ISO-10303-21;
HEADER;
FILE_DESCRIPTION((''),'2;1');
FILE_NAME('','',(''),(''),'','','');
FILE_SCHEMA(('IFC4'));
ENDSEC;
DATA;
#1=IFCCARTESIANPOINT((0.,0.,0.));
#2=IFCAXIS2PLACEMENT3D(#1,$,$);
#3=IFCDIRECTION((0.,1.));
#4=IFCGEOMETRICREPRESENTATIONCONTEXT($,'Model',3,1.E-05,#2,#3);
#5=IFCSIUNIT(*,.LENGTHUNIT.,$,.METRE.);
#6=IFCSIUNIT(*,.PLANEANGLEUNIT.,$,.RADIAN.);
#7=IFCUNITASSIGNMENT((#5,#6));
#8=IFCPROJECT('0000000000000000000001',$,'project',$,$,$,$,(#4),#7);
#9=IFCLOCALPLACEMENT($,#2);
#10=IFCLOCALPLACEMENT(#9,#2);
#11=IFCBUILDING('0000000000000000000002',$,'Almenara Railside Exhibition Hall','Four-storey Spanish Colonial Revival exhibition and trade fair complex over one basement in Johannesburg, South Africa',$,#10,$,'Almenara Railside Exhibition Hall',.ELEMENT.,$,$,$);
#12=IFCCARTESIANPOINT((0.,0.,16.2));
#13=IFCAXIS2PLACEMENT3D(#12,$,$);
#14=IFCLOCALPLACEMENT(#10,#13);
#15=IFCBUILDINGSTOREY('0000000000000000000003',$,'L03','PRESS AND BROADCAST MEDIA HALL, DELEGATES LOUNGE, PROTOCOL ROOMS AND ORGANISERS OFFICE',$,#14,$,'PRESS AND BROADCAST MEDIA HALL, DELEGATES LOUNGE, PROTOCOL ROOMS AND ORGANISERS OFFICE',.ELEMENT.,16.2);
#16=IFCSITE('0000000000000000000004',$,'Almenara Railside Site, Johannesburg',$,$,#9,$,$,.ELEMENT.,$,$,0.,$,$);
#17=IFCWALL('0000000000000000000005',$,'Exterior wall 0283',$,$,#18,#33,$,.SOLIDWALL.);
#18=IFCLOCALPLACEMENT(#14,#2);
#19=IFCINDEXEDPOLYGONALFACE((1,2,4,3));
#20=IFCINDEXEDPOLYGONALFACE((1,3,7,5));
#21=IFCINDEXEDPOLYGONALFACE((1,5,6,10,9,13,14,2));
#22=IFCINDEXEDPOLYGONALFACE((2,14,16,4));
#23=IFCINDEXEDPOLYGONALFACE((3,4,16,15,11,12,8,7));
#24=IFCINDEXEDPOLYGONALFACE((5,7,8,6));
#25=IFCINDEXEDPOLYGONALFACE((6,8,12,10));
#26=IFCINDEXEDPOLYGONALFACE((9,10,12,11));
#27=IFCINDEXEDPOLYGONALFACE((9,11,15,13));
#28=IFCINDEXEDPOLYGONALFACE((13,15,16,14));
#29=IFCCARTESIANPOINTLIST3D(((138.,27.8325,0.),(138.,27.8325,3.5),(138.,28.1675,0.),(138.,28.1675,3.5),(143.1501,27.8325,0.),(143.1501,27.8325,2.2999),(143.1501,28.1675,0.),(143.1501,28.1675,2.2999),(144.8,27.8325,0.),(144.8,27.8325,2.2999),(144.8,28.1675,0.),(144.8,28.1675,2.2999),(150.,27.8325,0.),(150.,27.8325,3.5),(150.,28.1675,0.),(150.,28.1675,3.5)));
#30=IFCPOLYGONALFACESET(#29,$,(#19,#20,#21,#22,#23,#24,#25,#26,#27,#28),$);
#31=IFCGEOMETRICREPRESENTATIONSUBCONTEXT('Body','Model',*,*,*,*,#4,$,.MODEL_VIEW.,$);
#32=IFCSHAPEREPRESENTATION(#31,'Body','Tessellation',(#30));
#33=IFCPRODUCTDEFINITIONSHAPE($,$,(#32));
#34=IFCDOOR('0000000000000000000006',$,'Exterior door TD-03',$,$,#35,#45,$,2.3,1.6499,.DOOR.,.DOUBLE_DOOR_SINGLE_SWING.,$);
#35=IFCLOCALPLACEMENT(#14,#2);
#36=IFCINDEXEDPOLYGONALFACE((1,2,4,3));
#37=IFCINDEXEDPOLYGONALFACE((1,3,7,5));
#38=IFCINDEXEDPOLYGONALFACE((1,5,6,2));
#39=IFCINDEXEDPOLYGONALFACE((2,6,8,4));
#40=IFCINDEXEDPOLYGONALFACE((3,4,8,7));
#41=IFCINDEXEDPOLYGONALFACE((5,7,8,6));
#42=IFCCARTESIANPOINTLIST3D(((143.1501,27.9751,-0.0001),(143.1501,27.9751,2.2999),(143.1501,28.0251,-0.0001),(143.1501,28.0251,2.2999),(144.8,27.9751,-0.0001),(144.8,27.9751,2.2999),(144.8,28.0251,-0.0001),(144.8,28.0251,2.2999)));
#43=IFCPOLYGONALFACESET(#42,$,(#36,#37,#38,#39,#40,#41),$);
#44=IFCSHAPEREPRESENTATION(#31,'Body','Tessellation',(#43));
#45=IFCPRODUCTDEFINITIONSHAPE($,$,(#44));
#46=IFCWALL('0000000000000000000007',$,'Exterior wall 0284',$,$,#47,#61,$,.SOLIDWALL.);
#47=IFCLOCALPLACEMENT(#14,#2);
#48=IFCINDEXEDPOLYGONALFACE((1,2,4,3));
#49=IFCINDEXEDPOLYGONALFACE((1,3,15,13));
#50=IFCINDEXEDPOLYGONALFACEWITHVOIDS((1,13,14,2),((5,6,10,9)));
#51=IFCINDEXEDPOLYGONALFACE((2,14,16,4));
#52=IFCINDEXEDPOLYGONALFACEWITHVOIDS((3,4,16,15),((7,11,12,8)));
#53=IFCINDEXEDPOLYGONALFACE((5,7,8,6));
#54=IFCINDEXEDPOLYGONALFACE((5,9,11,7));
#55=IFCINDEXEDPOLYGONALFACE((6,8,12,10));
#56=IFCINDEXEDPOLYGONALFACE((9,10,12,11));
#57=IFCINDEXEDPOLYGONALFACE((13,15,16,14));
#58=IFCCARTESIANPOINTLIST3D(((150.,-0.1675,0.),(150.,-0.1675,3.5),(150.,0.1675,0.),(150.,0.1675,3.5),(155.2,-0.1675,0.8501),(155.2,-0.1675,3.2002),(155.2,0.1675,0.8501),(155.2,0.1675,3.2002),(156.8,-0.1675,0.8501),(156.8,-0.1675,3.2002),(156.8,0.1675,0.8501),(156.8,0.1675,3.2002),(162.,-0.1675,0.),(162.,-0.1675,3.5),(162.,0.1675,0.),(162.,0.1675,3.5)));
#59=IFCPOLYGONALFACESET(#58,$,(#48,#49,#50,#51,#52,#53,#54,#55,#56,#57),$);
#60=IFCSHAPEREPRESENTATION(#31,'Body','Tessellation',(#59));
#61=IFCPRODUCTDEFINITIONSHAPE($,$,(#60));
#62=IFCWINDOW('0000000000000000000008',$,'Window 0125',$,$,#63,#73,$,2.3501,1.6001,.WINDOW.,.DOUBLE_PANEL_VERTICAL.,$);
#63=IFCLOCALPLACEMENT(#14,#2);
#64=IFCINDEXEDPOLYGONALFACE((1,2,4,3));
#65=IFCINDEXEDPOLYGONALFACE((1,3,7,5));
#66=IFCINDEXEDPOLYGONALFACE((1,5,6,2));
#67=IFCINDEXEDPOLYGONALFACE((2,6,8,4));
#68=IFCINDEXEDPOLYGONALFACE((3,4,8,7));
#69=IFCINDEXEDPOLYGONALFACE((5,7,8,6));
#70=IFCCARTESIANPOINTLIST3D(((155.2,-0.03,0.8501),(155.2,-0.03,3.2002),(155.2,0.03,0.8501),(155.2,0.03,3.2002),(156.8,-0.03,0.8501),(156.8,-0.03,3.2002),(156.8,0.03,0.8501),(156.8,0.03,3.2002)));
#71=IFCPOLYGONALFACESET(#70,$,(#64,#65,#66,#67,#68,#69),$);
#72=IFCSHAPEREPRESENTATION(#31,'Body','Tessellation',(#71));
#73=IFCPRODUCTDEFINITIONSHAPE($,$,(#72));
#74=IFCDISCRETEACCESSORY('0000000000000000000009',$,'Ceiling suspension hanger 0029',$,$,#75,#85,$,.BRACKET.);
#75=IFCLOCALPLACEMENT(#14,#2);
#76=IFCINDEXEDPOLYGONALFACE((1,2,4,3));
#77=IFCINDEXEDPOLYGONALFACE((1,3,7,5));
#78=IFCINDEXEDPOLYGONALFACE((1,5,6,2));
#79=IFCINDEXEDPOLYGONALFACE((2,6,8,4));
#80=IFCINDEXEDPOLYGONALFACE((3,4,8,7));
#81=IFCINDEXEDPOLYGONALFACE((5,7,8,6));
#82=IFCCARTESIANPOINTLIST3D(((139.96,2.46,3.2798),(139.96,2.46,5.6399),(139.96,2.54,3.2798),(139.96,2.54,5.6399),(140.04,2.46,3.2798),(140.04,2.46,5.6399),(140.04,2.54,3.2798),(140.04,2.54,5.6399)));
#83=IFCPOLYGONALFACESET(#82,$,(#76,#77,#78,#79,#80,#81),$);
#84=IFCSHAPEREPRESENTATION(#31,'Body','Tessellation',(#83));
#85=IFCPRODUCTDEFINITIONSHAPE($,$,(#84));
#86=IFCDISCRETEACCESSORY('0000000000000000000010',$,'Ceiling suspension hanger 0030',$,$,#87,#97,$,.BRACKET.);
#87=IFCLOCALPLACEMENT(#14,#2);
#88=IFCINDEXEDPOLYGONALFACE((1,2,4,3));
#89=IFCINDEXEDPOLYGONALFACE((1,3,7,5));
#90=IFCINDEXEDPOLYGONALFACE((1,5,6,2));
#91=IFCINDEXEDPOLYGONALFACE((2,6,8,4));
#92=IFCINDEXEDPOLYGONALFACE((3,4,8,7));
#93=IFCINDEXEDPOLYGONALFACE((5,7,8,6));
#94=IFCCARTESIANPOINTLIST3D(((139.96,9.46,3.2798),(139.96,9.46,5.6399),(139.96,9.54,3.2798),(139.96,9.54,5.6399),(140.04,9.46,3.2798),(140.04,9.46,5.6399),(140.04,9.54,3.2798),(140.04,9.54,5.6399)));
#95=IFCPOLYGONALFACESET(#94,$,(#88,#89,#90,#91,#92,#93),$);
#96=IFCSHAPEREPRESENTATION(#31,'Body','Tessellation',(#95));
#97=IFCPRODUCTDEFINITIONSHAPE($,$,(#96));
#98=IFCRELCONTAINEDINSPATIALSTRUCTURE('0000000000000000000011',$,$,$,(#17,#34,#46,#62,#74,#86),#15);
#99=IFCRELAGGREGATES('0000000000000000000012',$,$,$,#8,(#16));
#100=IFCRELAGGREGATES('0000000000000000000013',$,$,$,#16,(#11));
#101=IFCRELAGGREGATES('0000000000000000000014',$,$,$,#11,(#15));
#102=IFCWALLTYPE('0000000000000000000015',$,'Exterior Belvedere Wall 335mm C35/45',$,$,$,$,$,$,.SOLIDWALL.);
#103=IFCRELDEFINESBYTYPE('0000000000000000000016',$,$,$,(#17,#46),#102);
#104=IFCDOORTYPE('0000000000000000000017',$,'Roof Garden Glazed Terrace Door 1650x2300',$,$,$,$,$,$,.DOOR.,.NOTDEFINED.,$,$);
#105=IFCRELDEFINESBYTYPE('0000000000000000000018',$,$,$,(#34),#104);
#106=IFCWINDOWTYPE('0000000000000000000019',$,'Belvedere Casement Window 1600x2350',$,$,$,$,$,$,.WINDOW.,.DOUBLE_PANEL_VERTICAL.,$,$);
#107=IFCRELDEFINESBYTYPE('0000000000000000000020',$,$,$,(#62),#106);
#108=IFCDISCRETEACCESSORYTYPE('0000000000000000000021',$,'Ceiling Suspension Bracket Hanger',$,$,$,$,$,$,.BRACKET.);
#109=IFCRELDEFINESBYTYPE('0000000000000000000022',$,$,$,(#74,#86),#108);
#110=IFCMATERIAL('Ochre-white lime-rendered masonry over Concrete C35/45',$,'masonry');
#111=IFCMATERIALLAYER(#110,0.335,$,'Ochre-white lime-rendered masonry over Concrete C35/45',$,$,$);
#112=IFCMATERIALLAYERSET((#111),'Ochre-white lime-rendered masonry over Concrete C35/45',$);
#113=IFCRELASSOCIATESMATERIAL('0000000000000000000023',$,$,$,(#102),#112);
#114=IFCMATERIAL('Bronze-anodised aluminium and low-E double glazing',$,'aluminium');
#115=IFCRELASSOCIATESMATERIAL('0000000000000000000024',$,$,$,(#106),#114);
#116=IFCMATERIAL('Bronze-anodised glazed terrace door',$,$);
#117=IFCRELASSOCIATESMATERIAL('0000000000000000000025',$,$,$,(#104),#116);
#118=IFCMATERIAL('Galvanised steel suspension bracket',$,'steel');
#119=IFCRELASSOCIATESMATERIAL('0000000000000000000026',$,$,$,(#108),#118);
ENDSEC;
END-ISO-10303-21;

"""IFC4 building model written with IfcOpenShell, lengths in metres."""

from ifc_helpers import new_model, si_unit, direction, frame, frame_2d, origin, origin_2d, place, context, subcontext, project, spatial, rectangle, extrude, material, layer, layer_set, type_object, element, fill, save


model = new_model("IFC4")

# Units and contexts
model_context = context("Model", 3, precision=1e-05, world=origin(), true_north=direction((0.0, 1.0)))
body_context = subcontext(model_context, "Body", "Model", "MODEL_VIEW")
ifc_project = project(units=[si_unit("LENGTHUNIT", "METRE"), si_unit("PLANEANGLEUNIT", "RADIAN")], contexts=[model_context])

# Site, building, storey
site_placement = place(None, origin())
site = spatial("IfcSite", under=ifc_project, at=site_placement, Name="Almenara Railside Site, Johannesburg", CompositionType="ELEMENT", RefElevation=0.0)
building_placement = place(site_placement, origin())
building = spatial("IfcBuilding", under=site, at=building_placement, Name="Almenara Railside Exhibition Hall", Description="Four-storey Spanish Colonial Revival exhibition and trade fair complex over one basement in Johannesburg, South Africa", LongName="Almenara Railside Exhibition Hall", CompositionType="ELEMENT")
storey_placement = place(building_placement, frame((0.0, 0.0, 16.2)))
storey = spatial("IfcBuildingStorey", under=building, at=storey_placement, Name="L03", Description="PRESS AND BROADCAST MEDIA HALL, DELEGATES LOUNGE, PROTOCOL ROOMS AND ORGANISERS OFFICE", LongName="PRESS AND BROADCAST MEDIA HALL, DELEGATES LOUNGE, PROTOCOL ROOMS AND ORGANISERS OFFICE", CompositionType="ELEMENT", Elevation=16.2)

# Shared definitions
ifc_material_1 = material(Name="Bronze-anodised aluminium and low-E double glazing", Category="aluminium")

# Shared definitions
ifc_material_2 = material(Name="Ochre-white lime-rendered masonry over Concrete C35/45", Category="masonry")
ifc_layer_1 = layer(ifc_material_2, 0.335, Name="Ochre-white lime-rendered masonry over Concrete C35/45")
ifc_layer_set_1 = layer_set([ifc_layer_1], Name="Ochre-white lime-rendered masonry over Concrete C35/45")
wall_type = type_object("IfcWallType", Name="Exterior Belvedere Wall 335mm C35/45", PredefinedType="SOLIDWALL", material=ifc_layer_set_1)

# Shared definitions
window_type = type_object("IfcWindowType", Name="Belvedere Casement Window 1600x2350", PartitioningType="DOUBLE_PANEL_VERTICAL", PredefinedType="WINDOW", material=ifc_material_1)

# Wall, opening, door
wall_1_placement = place(storey_placement, frame((150.0, 28.0, 0.0), z_axis=(0.0, 0.0, 1.0), x_axis=(-1.0, 0.0, 0.0)))
wall_1 = element("IfcWall", 1, at=wall_1_placement, inside=storey, type_object=wall_type, Name="Exterior wall 0283", PredefinedType="SOLIDWALL", context=body_context, shape_type="SweptSolid", body=[
    extrude(rectangle(XDim=12.0, YDim=0.335, at=frame_2d((6.0, 0.0))), origin(), (0.0, 0.0, 1.0), 3.5),
])
opening_1_placement = place(wall_1_placement, frame((5.2, 0.0, 0.0)))
opening_1 = element("IfcOpeningElement", 2, at=opening_1_placement, cuts=wall_1, PredefinedType="OPENING", context=body_context, shape_type="SweptSolid", body=[
    extrude(rectangle(XDim=1.6499, YDim=2.3, at=frame_2d((0.825, 1.1499))), frame((0.0, 0.1775, 0.0), z_axis=(0.0, -1.0, 0.0), x_axis=(1.0, 0.0, 0.0)), (0.0, 0.0, 1.0), 0.355),
])
ifc_material_3 = material(Name="Bronze-anodised glazed terrace door")
door_type = type_object("IfcDoorType", Name="Roof Garden Glazed Terrace Door 1650x2300", OperationType="NOTDEFINED", PredefinedType="DOOR", material=ifc_material_3)
door_placement = place(opening_1_placement, origin())
door = element("IfcDoor", 3, at=door_placement, inside=storey, type_object=door_type, Name="Exterior door TD-03", OperationType="DOUBLE_DOOR_SINGLE_SWING", OverallHeight=2.3, OverallWidth=1.6499, PredefinedType="DOOR", context=body_context, shape_type="SweptSolid", body=[
    extrude(rectangle(XDim=1.6499, YDim=2.3, at=frame_2d((0.825, 1.1499))), frame((0.0, 0.0249, 0.0), z_axis=(0.0, -1.0, 0.0), x_axis=(1.0, 0.0, 0.0)), (0.0, 0.0, 1.0), 0.05),
])
fill(opening_1, door)

# Wall, opening, window
wall_2_placement = place(storey_placement, frame((150.0, 0.0, 0.0), z_axis=(0.0, 0.0, 1.0), x_axis=(1.0, 0.0, 0.0)))
wall_2 = element("IfcWall", 4, at=wall_2_placement, inside=storey, type_object=wall_type, Name="Exterior wall 0284", PredefinedType="SOLIDWALL", context=body_context, shape_type="SweptSolid", body=[
    extrude(rectangle(XDim=12.0, YDim=0.335, at=frame_2d((6.0, 0.0))), origin(), (0.0, 0.0, 1.0), 3.5),
])
opening_2_placement = place(wall_2_placement, frame((5.2, 0.0, 0.8501)))
opening_2 = element("IfcOpeningElement", 5, at=opening_2_placement, cuts=wall_2, PredefinedType="OPENING", context=body_context, shape_type="SweptSolid", body=[
    extrude(rectangle(XDim=1.6001, YDim=2.3501, at=frame_2d((0.8, 1.175))), frame((0.0, 0.1775, 0.0), z_axis=(0.0, -1.0, 0.0), x_axis=(1.0, 0.0, 0.0)), (0.0, 0.0, 1.0), 0.355),
])
window_1_placement = place(opening_2_placement, origin())
window_1 = element("IfcWindow", 6, at=window_1_placement, inside=storey, type_object=window_type, Name="Window 0125", OverallHeight=2.3501, OverallWidth=1.6001, PartitioningType="DOUBLE_PANEL_VERTICAL", PredefinedType="WINDOW", context=body_context, shape_type="SweptSolid", body=[
    extrude(rectangle(XDim=1.6001, YDim=2.3501, at=frame_2d((0.8, 1.175))), frame((0.0, 0.03, 0.0), z_axis=(0.0, -1.0, 0.0), x_axis=(1.0, 0.0, 0.0)), (0.0, 0.0, 1.0), 0.0601),
])
fill(opening_2, window_1)

# Discrete accessories
ifc_material_4 = material(Name="Galvanised steel suspension bracket", Category="steel")
discrete_accessory_type = type_object("IfcDiscreteAccessoryType", Name="Ceiling Suspension Bracket Hanger", PredefinedType="BRACKET", material=ifc_material_4)
for number, where, z_axis, x_axis, name in (
    (7, (140.0, 2.5, 3.2798), (0.0, 0.0, 1.0), (1.0, 0.0, 0.0), "Ceiling suspension hanger 0029"),
    (8, (140.0, 9.5, 3.2798), (0.0, 0.0, 1.0), (1.0, 0.0, 0.0), "Ceiling suspension hanger 0030"),
):
    element("IfcDiscreteAccessory", number, at=place(storey_placement, frame(where, z_axis=z_axis, x_axis=x_axis)), inside=storey, type_object=discrete_accessory_type, Name=name, PredefinedType="BRACKET", context=body_context, shape_type="SweptSolid", body=[
        extrude(rectangle(XDim=0.0801, YDim=0.0801, at=origin_2d()), origin(), (0.0, 0.0, 1.0), 2.3601),
    ])

save(model, "model.ifc")
